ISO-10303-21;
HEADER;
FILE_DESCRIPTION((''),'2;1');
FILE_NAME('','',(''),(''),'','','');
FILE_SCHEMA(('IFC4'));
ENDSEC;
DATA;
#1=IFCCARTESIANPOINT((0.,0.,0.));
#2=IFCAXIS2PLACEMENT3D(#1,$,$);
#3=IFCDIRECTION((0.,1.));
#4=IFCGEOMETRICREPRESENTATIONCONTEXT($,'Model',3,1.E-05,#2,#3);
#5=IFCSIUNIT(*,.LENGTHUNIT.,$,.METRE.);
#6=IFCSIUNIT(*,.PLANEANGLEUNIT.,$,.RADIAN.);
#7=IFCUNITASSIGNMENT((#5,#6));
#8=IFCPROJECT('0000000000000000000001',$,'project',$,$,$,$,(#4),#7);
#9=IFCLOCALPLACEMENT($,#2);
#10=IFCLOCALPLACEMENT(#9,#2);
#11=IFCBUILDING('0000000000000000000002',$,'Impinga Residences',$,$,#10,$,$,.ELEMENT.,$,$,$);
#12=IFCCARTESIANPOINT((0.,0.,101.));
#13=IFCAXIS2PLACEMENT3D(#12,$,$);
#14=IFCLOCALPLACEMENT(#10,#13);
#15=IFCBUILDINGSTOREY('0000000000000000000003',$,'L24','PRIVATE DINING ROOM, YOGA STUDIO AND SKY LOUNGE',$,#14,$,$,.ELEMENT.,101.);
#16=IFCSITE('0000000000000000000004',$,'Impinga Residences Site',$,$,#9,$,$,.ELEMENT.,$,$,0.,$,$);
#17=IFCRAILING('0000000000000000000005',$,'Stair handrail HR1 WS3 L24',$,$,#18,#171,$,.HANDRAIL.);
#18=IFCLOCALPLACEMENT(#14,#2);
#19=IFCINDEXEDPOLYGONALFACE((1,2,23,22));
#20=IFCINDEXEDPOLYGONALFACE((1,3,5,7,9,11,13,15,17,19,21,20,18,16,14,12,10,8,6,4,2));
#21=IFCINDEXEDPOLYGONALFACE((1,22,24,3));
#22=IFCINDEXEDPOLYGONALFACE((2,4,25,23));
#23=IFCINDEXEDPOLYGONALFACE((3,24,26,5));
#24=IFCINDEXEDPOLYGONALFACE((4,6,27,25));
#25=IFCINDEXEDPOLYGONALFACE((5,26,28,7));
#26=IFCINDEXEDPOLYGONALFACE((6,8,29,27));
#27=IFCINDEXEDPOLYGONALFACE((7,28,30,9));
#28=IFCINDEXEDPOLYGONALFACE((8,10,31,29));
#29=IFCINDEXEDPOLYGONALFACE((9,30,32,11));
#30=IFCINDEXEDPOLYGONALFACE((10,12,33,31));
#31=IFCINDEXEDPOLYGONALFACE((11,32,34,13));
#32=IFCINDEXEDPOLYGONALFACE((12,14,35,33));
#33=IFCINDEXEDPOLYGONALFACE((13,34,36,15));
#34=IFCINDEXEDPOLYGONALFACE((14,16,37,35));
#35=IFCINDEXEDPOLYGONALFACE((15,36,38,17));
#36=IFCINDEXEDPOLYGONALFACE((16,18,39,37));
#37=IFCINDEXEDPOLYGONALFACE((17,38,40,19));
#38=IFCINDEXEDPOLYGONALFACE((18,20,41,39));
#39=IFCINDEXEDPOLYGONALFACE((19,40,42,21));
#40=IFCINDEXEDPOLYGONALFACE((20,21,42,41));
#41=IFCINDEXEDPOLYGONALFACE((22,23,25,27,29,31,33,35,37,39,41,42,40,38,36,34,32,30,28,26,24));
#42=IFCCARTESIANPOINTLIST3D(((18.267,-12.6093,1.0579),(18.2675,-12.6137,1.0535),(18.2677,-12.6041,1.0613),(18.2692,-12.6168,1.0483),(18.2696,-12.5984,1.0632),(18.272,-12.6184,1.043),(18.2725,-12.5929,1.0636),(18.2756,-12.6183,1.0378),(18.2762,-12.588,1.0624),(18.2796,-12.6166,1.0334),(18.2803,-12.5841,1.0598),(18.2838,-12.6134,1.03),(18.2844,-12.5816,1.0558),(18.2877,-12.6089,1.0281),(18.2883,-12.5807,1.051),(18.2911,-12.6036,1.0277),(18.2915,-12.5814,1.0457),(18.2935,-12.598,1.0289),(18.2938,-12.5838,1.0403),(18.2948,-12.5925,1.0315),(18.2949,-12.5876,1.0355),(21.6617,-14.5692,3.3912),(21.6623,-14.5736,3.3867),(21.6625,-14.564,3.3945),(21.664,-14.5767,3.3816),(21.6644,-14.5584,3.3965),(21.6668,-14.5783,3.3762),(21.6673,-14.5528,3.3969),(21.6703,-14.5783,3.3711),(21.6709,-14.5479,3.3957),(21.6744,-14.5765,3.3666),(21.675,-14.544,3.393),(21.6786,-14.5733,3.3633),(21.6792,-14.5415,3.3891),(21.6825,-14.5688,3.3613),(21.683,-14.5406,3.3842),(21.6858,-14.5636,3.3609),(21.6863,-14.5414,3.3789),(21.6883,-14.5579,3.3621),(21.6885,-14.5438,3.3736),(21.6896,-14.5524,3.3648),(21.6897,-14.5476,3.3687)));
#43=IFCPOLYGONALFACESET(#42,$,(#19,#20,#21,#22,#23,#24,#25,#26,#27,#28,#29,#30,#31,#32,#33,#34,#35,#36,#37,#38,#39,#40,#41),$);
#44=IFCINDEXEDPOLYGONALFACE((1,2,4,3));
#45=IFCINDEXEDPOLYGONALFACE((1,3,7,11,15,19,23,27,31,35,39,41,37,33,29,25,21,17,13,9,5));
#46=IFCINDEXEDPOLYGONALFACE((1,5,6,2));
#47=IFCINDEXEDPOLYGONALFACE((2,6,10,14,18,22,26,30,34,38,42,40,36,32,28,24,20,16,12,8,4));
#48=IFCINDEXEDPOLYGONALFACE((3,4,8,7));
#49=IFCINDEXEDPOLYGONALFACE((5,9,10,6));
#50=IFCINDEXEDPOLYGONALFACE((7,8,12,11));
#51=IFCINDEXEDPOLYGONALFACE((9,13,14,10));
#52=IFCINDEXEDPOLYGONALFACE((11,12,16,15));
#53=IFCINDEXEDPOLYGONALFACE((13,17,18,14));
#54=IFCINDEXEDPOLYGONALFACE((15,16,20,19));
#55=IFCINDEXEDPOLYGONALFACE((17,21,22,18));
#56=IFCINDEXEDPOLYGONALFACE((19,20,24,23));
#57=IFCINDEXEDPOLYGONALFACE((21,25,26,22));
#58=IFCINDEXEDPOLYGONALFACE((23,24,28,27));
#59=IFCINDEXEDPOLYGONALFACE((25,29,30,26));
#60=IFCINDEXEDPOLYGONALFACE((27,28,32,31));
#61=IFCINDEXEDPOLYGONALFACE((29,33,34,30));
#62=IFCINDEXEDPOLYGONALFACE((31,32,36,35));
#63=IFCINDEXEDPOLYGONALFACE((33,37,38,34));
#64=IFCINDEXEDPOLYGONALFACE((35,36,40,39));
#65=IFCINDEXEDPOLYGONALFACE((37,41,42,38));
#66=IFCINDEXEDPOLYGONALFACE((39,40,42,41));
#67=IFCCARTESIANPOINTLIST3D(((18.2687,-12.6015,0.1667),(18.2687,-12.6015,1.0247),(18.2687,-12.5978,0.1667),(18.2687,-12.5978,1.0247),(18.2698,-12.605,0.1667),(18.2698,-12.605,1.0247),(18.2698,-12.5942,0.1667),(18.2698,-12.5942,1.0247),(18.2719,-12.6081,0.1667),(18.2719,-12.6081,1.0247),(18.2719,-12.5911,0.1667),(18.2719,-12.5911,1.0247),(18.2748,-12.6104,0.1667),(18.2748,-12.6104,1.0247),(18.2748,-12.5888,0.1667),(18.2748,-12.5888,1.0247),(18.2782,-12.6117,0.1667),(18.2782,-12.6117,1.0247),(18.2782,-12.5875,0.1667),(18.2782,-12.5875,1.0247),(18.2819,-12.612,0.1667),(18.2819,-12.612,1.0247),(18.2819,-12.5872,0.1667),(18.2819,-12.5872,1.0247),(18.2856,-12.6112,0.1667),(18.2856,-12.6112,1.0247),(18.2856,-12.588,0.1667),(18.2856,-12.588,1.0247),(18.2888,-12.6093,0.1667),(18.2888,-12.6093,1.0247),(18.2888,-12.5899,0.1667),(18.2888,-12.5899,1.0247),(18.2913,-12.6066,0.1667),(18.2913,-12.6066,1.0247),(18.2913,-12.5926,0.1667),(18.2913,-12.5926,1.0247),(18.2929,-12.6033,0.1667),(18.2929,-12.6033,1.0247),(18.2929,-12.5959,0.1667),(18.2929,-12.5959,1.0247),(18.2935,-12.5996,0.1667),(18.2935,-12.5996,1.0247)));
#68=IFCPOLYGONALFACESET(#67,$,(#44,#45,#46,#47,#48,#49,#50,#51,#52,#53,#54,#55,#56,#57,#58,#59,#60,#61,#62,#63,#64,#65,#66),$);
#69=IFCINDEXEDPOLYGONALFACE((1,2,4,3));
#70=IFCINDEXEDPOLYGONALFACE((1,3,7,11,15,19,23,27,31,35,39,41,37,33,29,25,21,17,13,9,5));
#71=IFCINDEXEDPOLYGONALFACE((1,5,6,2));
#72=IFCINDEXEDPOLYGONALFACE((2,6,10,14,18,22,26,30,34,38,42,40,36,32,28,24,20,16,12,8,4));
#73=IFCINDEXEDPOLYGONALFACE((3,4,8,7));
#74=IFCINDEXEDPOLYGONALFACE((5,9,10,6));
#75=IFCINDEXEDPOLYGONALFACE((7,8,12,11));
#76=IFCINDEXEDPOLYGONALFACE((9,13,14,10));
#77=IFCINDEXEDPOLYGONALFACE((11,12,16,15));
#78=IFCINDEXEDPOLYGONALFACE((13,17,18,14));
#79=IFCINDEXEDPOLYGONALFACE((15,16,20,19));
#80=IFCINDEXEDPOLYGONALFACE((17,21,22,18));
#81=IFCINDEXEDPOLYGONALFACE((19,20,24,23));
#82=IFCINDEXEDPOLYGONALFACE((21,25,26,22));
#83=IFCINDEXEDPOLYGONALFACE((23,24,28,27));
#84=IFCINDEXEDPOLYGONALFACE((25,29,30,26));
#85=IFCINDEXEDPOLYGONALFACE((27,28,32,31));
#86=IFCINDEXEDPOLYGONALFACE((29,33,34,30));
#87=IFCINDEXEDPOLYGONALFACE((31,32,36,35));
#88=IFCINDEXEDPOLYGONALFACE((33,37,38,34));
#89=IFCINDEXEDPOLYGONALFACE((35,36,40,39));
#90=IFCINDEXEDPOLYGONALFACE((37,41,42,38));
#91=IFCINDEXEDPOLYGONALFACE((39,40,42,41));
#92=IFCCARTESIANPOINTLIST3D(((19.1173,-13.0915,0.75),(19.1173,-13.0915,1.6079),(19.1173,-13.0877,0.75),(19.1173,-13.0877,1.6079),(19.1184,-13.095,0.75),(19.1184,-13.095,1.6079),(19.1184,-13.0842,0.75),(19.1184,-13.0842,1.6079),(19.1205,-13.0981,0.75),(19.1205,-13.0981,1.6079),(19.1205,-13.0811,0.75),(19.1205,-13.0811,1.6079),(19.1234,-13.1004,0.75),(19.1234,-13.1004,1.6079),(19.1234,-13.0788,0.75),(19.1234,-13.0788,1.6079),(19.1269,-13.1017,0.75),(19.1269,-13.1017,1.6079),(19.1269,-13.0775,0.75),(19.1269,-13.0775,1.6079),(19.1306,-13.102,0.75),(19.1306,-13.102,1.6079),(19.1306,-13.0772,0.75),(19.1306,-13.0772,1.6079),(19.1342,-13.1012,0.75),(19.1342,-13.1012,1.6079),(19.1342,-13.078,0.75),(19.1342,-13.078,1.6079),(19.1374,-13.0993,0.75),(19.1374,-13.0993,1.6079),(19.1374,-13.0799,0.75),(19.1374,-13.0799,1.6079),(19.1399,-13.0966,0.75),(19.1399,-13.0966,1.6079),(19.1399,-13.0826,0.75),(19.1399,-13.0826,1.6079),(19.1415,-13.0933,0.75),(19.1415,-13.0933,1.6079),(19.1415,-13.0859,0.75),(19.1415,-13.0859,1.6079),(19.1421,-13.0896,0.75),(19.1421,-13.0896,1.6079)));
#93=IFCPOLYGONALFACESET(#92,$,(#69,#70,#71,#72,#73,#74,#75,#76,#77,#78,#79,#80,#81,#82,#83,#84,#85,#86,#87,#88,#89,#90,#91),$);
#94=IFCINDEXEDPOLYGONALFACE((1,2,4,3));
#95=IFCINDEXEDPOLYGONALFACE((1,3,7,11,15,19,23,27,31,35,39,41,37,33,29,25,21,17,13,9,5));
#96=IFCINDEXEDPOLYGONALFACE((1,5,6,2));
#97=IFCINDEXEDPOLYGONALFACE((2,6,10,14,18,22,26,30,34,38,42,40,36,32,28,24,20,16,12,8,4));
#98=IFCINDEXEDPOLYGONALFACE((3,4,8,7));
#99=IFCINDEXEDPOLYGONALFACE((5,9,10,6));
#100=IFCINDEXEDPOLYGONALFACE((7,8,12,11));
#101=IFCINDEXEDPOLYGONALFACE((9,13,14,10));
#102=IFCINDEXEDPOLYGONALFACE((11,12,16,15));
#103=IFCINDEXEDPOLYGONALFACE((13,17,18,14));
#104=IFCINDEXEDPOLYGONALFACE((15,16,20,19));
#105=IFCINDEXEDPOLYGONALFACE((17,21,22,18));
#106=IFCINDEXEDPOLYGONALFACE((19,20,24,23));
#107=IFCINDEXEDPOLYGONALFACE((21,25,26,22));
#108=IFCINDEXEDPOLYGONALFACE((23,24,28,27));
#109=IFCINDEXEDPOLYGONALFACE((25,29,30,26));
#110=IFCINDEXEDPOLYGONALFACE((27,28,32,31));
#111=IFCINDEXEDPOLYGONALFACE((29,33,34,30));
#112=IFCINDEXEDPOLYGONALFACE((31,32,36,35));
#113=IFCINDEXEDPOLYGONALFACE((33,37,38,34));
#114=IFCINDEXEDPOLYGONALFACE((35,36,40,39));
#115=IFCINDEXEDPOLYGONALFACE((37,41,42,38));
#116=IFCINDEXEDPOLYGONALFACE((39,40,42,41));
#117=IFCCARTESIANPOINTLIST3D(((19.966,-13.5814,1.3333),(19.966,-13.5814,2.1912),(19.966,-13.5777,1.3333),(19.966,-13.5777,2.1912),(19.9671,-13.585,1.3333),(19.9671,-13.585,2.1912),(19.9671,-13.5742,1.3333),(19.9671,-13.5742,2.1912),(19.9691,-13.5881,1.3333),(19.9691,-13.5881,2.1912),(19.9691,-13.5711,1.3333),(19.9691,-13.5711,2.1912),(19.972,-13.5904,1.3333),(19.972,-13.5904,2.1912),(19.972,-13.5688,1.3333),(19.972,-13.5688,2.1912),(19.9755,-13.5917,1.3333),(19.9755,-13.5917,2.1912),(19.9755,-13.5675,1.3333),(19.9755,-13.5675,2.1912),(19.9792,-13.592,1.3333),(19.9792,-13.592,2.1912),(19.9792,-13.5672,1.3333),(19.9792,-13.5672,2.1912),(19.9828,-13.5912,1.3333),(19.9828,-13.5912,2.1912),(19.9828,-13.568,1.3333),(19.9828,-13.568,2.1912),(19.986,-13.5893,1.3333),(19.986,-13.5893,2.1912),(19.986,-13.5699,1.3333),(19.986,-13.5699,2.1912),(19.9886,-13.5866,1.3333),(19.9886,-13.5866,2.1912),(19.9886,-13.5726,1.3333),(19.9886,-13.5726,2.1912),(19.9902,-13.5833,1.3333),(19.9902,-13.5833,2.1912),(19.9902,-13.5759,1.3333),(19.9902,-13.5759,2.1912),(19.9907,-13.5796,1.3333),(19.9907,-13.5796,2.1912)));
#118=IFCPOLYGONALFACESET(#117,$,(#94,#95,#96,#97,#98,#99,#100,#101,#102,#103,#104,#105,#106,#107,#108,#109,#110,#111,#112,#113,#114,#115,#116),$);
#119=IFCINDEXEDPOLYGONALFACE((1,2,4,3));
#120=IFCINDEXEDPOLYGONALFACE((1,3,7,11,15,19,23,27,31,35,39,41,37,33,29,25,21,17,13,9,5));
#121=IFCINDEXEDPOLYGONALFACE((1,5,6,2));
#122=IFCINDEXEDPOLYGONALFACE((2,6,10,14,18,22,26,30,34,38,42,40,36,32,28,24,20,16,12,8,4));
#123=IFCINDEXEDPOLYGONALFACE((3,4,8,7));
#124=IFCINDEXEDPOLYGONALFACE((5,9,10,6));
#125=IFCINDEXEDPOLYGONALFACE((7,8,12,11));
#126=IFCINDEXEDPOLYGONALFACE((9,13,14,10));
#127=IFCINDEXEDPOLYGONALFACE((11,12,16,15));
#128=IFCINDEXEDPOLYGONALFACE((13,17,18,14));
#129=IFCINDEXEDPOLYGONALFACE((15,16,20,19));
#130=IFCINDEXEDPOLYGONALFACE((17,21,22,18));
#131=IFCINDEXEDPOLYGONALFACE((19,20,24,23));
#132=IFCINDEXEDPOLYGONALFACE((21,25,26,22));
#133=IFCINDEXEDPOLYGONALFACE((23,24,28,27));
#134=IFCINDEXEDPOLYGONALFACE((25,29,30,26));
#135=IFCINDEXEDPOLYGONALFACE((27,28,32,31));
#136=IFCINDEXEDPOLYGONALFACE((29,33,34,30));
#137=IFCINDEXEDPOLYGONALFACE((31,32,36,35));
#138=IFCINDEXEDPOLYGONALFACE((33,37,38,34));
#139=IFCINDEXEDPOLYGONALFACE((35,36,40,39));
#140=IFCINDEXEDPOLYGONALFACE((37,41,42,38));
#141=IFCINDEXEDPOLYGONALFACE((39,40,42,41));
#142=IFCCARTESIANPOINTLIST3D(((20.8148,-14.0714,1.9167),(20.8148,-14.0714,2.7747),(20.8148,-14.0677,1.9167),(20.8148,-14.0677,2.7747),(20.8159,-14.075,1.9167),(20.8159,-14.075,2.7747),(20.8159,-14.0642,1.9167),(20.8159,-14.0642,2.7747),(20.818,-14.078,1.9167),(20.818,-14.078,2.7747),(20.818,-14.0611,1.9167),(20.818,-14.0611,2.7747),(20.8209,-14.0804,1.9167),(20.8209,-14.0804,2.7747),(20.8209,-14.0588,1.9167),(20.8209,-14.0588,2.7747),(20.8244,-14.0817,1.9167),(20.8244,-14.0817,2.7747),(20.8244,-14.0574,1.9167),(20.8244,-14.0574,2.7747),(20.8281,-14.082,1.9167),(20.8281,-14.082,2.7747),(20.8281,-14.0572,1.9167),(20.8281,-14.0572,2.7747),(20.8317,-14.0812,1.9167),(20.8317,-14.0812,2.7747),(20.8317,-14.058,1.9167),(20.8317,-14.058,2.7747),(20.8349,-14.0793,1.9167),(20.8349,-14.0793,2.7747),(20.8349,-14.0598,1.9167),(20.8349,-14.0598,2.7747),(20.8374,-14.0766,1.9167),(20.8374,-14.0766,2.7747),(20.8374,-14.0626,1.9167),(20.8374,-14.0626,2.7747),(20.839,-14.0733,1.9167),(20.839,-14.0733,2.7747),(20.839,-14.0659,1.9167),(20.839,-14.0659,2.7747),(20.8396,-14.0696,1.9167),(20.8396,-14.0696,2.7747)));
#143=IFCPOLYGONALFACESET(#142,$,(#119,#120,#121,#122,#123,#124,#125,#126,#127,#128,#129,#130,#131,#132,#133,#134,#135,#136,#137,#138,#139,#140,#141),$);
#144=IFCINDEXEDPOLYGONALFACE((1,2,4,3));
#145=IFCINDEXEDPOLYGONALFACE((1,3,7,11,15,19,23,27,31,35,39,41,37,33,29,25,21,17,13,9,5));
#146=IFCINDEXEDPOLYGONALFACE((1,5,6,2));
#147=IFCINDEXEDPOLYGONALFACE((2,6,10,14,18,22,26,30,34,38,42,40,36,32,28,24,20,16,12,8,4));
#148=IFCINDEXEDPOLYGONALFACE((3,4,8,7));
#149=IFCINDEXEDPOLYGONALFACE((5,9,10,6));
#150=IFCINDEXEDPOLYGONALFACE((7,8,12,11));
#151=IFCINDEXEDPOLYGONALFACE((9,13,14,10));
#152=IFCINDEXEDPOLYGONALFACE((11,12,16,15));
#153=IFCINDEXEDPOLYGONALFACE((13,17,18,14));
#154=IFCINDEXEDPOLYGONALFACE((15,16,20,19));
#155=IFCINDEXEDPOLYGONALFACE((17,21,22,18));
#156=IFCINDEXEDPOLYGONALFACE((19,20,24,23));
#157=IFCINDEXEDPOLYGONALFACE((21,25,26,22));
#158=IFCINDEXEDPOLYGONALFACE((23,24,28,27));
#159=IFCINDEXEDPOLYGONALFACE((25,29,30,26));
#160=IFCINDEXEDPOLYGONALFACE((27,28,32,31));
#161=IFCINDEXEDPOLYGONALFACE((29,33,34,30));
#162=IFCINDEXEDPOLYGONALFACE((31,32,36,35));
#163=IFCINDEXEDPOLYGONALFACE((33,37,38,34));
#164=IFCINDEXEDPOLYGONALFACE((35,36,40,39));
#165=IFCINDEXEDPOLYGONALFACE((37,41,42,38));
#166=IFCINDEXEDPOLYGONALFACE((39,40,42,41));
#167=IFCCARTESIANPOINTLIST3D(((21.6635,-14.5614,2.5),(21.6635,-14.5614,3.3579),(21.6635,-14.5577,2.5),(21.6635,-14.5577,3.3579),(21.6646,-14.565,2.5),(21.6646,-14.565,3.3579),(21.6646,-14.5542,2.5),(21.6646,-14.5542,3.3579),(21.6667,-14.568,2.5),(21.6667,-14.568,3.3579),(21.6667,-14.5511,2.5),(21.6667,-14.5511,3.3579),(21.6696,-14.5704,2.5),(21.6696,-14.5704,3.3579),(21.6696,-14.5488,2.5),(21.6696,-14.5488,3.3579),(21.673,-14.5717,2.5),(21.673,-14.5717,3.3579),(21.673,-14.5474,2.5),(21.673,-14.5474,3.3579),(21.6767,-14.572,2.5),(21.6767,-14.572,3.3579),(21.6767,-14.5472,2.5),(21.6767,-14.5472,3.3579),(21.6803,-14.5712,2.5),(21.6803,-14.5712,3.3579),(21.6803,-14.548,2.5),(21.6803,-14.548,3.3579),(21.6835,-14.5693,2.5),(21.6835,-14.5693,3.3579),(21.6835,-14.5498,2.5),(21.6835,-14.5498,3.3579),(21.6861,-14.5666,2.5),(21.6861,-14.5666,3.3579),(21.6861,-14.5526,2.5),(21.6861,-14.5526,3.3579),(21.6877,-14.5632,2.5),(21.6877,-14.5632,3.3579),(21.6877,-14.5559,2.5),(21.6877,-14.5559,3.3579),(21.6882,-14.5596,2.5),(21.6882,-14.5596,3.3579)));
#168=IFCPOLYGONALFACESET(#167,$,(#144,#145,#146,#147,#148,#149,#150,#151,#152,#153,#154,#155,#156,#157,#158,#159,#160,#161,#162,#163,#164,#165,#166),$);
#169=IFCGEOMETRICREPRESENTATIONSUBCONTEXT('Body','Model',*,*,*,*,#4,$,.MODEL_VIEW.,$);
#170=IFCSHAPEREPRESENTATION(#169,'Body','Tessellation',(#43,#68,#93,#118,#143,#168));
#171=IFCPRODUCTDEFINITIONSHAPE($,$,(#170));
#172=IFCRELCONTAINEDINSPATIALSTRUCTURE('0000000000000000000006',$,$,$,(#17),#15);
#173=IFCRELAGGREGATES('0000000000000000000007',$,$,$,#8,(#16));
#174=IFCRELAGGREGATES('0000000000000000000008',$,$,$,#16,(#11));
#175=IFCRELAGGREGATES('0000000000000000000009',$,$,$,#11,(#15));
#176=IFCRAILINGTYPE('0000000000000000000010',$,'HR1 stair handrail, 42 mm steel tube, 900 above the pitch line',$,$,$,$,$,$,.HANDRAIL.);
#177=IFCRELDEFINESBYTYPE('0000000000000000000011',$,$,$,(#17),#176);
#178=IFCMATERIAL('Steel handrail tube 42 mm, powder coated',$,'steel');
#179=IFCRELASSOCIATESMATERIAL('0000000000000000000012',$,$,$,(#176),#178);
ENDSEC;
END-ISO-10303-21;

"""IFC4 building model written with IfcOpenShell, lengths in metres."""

from ifc_helpers import new_model, si_unit, direction, frame, origin, origin_2d, place, context, subcontext, project, spatial, circle, extrude, material, type_object, element, save


model = new_model("IFC4")

# Units and contexts
model_context = context("Model", 3, precision=1e-05, world=origin(), true_north=direction((0.0, 1.0)))
body_context = subcontext(model_context, "Body", "Model", "MODEL_VIEW")
ifc_project = project(units=[si_unit("LENGTHUNIT", "METRE"), si_unit("PLANEANGLEUNIT", "RADIAN")], contexts=[model_context])

# Site, building, storey
site_placement = place(None, origin())
site = spatial("IfcSite", under=ifc_project, at=site_placement, Name="Impinga Residences Site", CompositionType="ELEMENT", RefElevation=0.0)
building_placement = place(site_placement, origin())
building = spatial("IfcBuilding", under=site, at=building_placement, Name="Impinga Residences", CompositionType="ELEMENT")
storey_placement = place(building_placement, frame((0.0, 0.0, 101.0)))
storey = spatial("IfcBuildingStorey", under=building, at=storey_placement, Name="L24", Description="PRIVATE DINING ROOM, YOGA STUDIO AND SKY LOUNGE", CompositionType="ELEMENT", Elevation=101.0)

# Railing
ifc_material_1 = material(Name="Steel handrail tube 42 mm, powder coated", Category="steel")
railing_type_1 = type_object("IfcRailingType", Name="HR1 stair handrail, 42 mm steel tube, 900 above the pitch line", PredefinedType="HANDRAIL", material=ifc_material_1)
railing_1_placement = place(storey_placement, frame((18.281, -12.5996, 0.1667)))
element("IfcRailing", 1, at=railing_1_placement, inside=storey, type_object=railing_type_1, Name="Stair handrail HR1 WS3 L24", PredefinedType="HANDRAIL", context=body_context, shape_type="SweptSolid", body=[
    extrude(circle(Radius=0.021, at=origin_2d()), frame((0.0, 0.0, 0.8789), z_axis=(0.744175, -0.429646, 0.511476), x_axis=(0.499997, 0.866027, 0.0)), (0.0, 0.0, 1.0), 4.5618),
    extrude(circle(Radius=0.0125, at=origin_2d()), origin(), (0.0, 0.0, 1.0), 0.8579),
    extrude(circle(Radius=0.0125, at=origin_2d()), frame((0.8486, -0.49, 0.5833)), (0.0, 0.0, 1.0), 0.8579),
    extrude(circle(Radius=0.0125, at=origin_2d()), frame((1.6973, -0.98, 1.1665)), (0.0, 0.0, 1.0), 0.8579),
    extrude(circle(Radius=0.0125, at=origin_2d()), frame((2.5461, -1.47, 1.75)), (0.0, 0.0, 1.0), 0.8579),
    extrude(circle(Radius=0.0125, at=origin_2d()), frame((3.3948, -1.96, 2.3333)), (0.0, 0.0, 1.0), 0.8579),
])

save(model, "model.ifc")
